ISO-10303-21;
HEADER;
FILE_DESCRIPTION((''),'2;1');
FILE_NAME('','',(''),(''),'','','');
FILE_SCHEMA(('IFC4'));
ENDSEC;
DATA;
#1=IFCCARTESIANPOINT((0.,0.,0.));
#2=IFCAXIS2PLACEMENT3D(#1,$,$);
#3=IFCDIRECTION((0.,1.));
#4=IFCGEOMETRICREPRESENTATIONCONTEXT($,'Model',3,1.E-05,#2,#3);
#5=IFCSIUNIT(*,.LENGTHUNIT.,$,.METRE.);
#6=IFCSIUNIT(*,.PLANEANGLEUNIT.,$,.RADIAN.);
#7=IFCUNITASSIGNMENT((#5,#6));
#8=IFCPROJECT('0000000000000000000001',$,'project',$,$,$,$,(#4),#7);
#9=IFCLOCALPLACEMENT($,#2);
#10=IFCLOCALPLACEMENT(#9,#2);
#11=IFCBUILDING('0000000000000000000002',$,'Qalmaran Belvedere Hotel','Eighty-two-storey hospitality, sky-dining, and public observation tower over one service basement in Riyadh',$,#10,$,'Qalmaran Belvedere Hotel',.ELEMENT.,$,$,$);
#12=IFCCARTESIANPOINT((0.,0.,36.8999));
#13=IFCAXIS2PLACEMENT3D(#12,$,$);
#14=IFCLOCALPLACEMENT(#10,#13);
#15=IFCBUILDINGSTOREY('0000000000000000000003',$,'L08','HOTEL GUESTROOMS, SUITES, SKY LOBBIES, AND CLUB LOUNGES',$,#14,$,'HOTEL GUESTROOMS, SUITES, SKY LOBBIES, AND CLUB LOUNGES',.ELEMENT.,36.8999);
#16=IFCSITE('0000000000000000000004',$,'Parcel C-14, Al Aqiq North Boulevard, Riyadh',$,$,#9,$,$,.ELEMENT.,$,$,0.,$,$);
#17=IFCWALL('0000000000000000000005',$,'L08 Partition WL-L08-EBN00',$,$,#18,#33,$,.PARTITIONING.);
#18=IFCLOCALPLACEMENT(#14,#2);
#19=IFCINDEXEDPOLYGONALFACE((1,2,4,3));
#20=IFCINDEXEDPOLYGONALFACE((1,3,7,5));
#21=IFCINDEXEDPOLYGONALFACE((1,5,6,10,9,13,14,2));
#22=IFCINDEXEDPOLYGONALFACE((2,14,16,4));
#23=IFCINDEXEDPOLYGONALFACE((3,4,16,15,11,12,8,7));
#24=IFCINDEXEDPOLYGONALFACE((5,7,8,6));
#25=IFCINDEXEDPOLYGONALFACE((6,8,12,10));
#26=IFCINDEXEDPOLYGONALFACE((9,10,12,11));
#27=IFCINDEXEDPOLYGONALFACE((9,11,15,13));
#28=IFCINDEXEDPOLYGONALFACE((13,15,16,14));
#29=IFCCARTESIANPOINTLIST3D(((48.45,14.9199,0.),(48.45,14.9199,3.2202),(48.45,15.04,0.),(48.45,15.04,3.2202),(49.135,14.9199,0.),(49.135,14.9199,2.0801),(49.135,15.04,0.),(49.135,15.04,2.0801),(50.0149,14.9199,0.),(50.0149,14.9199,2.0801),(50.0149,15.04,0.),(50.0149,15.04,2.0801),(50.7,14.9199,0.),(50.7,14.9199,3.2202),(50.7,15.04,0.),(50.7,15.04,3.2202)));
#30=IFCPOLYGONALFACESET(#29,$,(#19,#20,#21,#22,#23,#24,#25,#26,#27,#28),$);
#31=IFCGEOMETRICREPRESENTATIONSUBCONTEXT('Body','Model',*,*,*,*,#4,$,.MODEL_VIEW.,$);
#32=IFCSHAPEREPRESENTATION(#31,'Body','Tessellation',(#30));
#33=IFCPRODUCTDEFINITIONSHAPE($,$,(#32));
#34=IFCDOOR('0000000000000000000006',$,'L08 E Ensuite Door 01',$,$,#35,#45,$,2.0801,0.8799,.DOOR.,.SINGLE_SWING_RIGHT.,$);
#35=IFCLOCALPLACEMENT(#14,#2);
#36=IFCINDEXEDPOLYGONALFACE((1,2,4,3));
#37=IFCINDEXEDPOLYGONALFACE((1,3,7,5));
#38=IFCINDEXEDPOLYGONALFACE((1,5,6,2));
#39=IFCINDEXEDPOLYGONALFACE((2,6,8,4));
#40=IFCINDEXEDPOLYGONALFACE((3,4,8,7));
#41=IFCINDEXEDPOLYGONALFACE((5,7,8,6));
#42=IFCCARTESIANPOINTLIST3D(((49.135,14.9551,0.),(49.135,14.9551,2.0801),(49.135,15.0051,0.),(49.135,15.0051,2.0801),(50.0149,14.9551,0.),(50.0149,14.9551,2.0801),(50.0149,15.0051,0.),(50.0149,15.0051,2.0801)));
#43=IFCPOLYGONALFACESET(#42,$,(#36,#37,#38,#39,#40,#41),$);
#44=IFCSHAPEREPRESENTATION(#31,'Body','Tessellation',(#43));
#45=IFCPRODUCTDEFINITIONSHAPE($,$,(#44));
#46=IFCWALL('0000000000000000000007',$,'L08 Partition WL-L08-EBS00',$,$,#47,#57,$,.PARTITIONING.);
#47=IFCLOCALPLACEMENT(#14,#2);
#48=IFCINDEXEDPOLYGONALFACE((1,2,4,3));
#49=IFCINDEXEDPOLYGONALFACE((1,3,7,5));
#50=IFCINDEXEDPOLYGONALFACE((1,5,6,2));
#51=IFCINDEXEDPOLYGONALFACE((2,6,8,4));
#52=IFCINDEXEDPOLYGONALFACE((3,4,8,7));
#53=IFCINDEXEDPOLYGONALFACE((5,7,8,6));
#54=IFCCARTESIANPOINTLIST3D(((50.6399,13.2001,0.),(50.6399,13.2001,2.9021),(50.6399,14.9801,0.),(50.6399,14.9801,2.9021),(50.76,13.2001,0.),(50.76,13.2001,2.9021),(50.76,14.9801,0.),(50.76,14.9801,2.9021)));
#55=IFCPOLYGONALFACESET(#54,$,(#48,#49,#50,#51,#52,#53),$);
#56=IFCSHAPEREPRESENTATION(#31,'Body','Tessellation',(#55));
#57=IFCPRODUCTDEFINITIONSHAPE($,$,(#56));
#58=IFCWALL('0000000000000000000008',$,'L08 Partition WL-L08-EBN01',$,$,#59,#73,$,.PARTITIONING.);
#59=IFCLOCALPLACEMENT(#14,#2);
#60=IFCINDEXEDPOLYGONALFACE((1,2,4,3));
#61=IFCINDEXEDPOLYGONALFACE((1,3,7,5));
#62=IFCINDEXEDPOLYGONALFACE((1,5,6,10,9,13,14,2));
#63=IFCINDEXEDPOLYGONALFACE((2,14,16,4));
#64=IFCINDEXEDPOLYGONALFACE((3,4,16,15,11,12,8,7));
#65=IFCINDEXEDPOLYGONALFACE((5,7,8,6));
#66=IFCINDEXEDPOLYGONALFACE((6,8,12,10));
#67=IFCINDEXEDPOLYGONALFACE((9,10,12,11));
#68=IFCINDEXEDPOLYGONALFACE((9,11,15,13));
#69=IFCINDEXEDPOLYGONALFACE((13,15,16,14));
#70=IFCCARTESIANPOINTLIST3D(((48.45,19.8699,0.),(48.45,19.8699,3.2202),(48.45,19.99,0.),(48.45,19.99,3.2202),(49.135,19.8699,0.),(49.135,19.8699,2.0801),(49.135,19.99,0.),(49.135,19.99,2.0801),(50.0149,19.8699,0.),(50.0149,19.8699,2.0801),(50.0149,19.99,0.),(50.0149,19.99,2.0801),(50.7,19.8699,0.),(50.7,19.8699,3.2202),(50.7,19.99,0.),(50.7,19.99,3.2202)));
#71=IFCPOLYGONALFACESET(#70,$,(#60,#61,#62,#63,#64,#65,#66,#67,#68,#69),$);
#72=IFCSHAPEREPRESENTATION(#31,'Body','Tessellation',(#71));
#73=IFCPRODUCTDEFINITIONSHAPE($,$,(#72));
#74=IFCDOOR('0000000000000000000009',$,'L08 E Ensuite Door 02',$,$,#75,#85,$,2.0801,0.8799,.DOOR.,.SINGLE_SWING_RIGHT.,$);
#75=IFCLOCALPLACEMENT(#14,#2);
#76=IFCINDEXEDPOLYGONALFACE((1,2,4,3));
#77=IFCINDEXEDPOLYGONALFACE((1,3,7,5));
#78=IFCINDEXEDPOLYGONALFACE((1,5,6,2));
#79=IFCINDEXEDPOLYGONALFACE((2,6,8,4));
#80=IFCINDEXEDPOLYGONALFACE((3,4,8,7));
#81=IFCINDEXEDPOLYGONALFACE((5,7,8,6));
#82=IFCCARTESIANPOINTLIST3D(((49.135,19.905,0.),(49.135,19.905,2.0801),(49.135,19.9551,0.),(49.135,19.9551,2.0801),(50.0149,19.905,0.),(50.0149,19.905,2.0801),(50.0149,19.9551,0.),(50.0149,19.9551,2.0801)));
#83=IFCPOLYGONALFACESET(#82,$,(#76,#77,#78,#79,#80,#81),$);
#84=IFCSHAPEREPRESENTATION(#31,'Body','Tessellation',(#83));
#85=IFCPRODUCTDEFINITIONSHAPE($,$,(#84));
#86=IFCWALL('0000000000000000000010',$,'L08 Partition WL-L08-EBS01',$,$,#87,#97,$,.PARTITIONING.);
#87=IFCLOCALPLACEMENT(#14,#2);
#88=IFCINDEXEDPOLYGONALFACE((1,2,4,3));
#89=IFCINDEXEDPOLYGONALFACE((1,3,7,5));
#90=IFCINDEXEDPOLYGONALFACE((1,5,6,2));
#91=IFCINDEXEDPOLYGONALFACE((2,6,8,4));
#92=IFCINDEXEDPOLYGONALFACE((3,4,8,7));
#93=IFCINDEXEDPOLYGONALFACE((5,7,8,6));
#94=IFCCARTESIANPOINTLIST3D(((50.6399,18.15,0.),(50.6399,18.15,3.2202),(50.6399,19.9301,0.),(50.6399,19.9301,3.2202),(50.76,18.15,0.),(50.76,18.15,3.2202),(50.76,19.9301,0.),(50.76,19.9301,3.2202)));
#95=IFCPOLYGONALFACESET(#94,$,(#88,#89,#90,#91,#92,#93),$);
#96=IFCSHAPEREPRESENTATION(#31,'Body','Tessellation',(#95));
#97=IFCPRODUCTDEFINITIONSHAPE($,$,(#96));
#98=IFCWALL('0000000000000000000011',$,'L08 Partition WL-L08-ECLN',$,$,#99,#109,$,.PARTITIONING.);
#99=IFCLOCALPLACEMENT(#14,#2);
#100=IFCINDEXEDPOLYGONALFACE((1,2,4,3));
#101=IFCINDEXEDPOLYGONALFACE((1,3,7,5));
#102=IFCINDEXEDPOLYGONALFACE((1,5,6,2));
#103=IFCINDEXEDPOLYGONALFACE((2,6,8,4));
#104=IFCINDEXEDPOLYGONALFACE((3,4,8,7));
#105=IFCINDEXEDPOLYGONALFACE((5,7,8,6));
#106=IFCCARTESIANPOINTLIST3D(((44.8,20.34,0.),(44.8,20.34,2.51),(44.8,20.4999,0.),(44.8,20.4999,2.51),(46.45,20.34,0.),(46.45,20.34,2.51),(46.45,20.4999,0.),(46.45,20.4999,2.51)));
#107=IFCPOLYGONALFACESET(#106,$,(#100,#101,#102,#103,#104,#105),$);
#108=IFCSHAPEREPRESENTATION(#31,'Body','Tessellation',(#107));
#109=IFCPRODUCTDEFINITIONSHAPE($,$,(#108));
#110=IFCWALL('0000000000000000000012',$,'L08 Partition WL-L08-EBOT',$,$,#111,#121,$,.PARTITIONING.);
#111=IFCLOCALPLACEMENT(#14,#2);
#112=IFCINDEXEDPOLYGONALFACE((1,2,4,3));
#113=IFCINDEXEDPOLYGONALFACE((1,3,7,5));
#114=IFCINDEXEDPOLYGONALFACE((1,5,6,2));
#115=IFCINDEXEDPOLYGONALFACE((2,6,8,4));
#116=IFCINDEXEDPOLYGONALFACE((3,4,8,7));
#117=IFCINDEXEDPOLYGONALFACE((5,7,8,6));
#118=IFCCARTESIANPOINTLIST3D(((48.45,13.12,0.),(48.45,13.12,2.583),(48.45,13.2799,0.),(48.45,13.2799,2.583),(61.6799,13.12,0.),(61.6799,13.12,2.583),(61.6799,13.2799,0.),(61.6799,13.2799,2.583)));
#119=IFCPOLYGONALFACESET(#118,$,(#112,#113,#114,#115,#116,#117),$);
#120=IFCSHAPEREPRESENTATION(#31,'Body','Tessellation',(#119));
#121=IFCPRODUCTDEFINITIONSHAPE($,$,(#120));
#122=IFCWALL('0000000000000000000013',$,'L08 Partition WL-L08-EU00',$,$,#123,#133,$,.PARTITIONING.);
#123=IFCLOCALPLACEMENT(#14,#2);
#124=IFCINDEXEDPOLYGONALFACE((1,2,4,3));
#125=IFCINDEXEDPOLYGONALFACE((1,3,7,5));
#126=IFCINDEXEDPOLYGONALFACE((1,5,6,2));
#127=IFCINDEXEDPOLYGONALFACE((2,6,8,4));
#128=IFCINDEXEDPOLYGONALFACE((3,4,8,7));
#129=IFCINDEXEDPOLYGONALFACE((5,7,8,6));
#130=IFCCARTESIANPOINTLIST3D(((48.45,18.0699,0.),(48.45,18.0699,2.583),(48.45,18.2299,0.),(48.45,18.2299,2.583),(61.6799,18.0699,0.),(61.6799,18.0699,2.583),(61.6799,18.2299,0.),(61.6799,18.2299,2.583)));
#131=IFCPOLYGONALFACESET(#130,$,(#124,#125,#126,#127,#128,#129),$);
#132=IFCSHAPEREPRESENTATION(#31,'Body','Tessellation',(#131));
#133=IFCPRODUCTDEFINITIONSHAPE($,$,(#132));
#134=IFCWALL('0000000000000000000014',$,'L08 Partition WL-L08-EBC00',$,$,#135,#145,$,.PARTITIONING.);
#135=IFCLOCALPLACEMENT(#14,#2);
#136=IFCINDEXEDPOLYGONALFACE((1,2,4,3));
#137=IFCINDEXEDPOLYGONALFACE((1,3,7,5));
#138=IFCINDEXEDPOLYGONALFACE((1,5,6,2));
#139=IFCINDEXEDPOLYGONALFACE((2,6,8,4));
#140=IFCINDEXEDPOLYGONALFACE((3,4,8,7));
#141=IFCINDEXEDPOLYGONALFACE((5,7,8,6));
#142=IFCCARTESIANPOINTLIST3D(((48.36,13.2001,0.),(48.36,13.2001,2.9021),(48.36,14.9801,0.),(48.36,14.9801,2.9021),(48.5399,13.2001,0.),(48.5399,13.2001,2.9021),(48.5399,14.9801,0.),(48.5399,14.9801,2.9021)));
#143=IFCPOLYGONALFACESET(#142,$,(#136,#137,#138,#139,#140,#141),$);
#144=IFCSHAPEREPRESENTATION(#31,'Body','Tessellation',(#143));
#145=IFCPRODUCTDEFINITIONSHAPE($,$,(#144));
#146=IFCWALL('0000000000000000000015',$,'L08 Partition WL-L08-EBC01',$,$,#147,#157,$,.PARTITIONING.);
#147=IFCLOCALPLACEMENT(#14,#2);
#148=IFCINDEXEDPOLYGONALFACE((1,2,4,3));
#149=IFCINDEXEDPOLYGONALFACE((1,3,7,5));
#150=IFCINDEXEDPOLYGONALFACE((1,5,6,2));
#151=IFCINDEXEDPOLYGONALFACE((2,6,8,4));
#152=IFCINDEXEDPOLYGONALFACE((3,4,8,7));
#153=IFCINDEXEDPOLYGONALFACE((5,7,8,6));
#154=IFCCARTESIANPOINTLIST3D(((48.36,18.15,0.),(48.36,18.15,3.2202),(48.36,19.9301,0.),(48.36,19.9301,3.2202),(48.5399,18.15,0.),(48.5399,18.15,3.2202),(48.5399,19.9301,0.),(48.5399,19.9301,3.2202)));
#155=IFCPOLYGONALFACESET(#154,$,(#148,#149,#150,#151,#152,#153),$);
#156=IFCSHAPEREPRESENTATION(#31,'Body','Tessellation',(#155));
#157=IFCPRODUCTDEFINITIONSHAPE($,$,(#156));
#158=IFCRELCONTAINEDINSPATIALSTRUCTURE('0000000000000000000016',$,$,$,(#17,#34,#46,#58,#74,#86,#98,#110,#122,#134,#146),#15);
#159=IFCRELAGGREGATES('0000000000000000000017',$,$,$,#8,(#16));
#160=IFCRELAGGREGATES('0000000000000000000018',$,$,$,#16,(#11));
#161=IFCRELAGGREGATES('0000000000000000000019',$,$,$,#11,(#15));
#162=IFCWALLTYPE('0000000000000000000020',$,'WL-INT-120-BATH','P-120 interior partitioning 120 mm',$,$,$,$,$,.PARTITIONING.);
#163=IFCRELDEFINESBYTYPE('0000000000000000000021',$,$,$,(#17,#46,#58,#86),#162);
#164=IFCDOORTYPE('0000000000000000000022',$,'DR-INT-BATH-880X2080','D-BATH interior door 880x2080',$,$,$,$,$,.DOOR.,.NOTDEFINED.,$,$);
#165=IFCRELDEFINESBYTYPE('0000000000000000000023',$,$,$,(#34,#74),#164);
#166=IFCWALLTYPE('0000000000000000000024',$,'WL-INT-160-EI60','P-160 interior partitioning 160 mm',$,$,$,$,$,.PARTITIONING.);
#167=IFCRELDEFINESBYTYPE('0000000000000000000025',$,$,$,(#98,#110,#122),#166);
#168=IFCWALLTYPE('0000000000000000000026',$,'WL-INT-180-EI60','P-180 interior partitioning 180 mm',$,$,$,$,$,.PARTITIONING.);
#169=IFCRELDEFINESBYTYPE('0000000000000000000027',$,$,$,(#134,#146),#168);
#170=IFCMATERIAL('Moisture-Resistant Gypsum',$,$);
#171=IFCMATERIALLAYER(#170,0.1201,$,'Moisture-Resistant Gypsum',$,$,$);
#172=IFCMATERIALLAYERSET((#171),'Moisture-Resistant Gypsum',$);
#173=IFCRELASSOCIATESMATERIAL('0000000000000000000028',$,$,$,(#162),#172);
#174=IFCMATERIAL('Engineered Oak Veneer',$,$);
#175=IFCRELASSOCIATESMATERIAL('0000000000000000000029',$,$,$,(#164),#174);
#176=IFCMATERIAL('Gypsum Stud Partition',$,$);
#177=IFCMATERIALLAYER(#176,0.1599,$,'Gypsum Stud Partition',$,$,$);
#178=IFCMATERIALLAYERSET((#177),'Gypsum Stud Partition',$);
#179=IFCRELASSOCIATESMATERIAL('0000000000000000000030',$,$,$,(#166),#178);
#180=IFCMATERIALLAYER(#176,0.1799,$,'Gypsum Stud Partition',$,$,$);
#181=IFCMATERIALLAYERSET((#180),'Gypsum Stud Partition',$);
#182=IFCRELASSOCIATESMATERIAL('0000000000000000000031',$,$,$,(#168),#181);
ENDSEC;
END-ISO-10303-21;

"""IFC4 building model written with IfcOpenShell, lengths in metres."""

from ifc_helpers import new_model, si_unit, direction, frame, frame_2d, origin, place, context, subcontext, project, spatial, rectangle, extrude, material, layer, layer_set, type_object, element, fill, save


model = new_model("IFC4")

# Units and contexts
model_context = context("Model", 3, precision=1e-05, world=origin(), true_north=direction((0.0, 1.0)))
body_context = subcontext(model_context, "Body", "Model", "MODEL_VIEW")
ifc_project = project(units=[si_unit("LENGTHUNIT", "METRE"), si_unit("PLANEANGLEUNIT", "RADIAN")], contexts=[model_context])

# Site, building, storey
site_placement = place(None, origin())
site = spatial("IfcSite", under=ifc_project, at=site_placement, Name="Parcel C-14, Al Aqiq North Boulevard, Riyadh", CompositionType="ELEMENT", RefElevation=0.0)
building_placement = place(site_placement, origin())
building = spatial("IfcBuilding", under=site, at=building_placement, Name="Qalmaran Belvedere Hotel", Description="Eighty-two-storey hospitality, sky-dining, and public observation tower over one service basement in Riyadh", LongName="Qalmaran Belvedere Hotel", CompositionType="ELEMENT")
storey_placement = place(building_placement, frame((0.0, 0.0, 36.8999)))
storey = spatial("IfcBuildingStorey", under=building, at=storey_placement, Name="L08", Description="HOTEL GUESTROOMS, SUITES, SKY LOBBIES, AND CLUB LOUNGES", LongName="HOTEL GUESTROOMS, SUITES, SKY LOBBIES, AND CLUB LOUNGES", CompositionType="ELEMENT", Elevation=36.8999)

# Wall, opening, door
ifc_material_1 = material(Name="Moisture-Resistant Gypsum")
ifc_layer_1 = layer(ifc_material_1, 0.1201, Name="Moisture-Resistant Gypsum")
ifc_layer_set_1 = layer_set([ifc_layer_1], Name="Moisture-Resistant Gypsum")
wall_type_1 = type_object("IfcWallType", Name="WL-INT-120-BATH", Description="P-120 interior partitioning 120 mm", PredefinedType="PARTITIONING", material=ifc_layer_set_1)
wall_1_placement = place(storey_placement, frame((48.45, 14.98, 0.0), z_axis=(0.0, 0.0, 1.0), x_axis=(1.0, 0.0, 0.0)))
wall_1 = element("IfcWall", 1, at=wall_1_placement, inside=storey, type_object=wall_type_1, Name="L08 Partition WL-L08-EBN00", PredefinedType="PARTITIONING", context=body_context, shape_type="SweptSolid", body=[
    extrude(rectangle(XDim=2.25, YDim=0.1201, at=frame_2d((1.125, 0.0))), origin(), (0.0, 0.0, 1.0), 3.2202),
])
opening_1_placement = place(wall_1_placement, frame((1.5649, 0.0, 0.0), z_axis=(0.0, 0.0, 1.0), x_axis=(-1.0, 0.0, 0.0)))
opening_1 = element("IfcOpeningElement", 2, at=opening_1_placement, cuts=wall_1, PredefinedType="OPENING", context=body_context, shape_type="SweptSolid", body=[
    extrude(rectangle(XDim=0.8799, YDim=2.0801, at=frame_2d((0.4399, 1.04))), frame((0.0, 0.0701, 0.0), z_axis=(0.0, -1.0, 0.0), x_axis=(1.0, 0.0, 0.0)), (0.0, 0.0, 1.0), 0.1401),
])
ifc_material_2 = material(Name="Engineered Oak Veneer")
door_type_1 = type_object("IfcDoorType", Name="DR-INT-BATH-880X2080", Description="D-BATH interior door 880x2080", OperationType="NOTDEFINED", PredefinedType="DOOR", material=ifc_material_2)
door_1_placement = place(opening_1_placement, origin())
door_1 = element("IfcDoor", 3, at=door_1_placement, inside=storey, type_object=door_type_1, Name="L08 E Ensuite Door 01", OperationType="SINGLE_SWING_RIGHT", OverallHeight=2.0801, OverallWidth=0.8799, PredefinedType="DOOR", context=body_context, shape_type="SweptSolid", body=[
    extrude(rectangle(XDim=0.8799, YDim=2.0801, at=frame_2d((0.4399, 1.04))), frame((0.0, 0.0249, 0.0), z_axis=(0.0, -1.0, 0.0), x_axis=(1.0, 0.0, 0.0)), (0.0, 0.0, 1.0), 0.05),
])
fill(opening_1, door_1)

# Wall
wall_2_placement = place(storey_placement, frame((50.7, 13.2, 0.0), z_axis=(0.0, 0.0, 1.0), x_axis=(0.0, 1.0, 0.0)))
element("IfcWall", 4, at=wall_2_placement, inside=storey, type_object=wall_type_1, Name="L08 Partition WL-L08-EBS00", PredefinedType="PARTITIONING", context=body_context, shape_type="SweptSolid", body=[
    extrude(rectangle(XDim=1.78, YDim=0.1201, at=frame_2d((0.8901, 0.0))), origin(), (0.0, 0.0, 1.0), 2.9021),
])

# Wall, opening, door
wall_3_placement = place(storey_placement, frame((48.45, 19.9299, 0.0), z_axis=(0.0, 0.0, 1.0), x_axis=(1.0, 0.0, 0.0)))
wall_3 = element("IfcWall", 5, at=wall_3_placement, inside=storey, type_object=wall_type_1, Name="L08 Partition WL-L08-EBN01", PredefinedType="PARTITIONING", context=body_context, shape_type="SweptSolid", body=[
    extrude(rectangle(XDim=2.25, YDim=0.1201, at=frame_2d((1.125, 0.0))), origin(), (0.0, 0.0, 1.0), 3.2202),
])
opening_2_placement = place(wall_3_placement, frame((1.5649, 0.0, 0.0), z_axis=(0.0, 0.0, 1.0), x_axis=(-1.0, 0.0, 0.0)))
opening_2 = element("IfcOpeningElement", 6, at=opening_2_placement, cuts=wall_3, PredefinedType="OPENING", context=body_context, shape_type="SweptSolid", body=[
    extrude(rectangle(XDim=0.8799, YDim=2.0801, at=frame_2d((0.4399, 1.04))), frame((0.0, 0.0701, 0.0), z_axis=(0.0, -1.0, 0.0), x_axis=(1.0, 0.0, 0.0)), (0.0, 0.0, 1.0), 0.1401),
])
door_2_placement = place(opening_2_placement, origin())
door_2 = element("IfcDoor", 7, at=door_2_placement, inside=storey, type_object=door_type_1, Name="L08 E Ensuite Door 02", OperationType="SINGLE_SWING_RIGHT", OverallHeight=2.0801, OverallWidth=0.8799, PredefinedType="DOOR", context=body_context, shape_type="SweptSolid", body=[
    extrude(rectangle(XDim=0.8799, YDim=2.0801, at=frame_2d((0.4399, 1.04))), frame((0.0, 0.0249, 0.0), z_axis=(0.0, -1.0, 0.0), x_axis=(1.0, 0.0, 0.0)), (0.0, 0.0, 1.0), 0.05),
])
fill(opening_2, door_2)

# Walls
wall_4_placement = place(storey_placement, frame((50.7, 18.1499, 0.0), z_axis=(0.0, 0.0, 1.0), x_axis=(0.0, 1.0, 0.0)))
element("IfcWall", 8, at=wall_4_placement, inside=storey, type_object=wall_type_1, Name="L08 Partition WL-L08-EBS01", PredefinedType="PARTITIONING", context=body_context, shape_type="SweptSolid", body=[
    extrude(rectangle(XDim=1.78, YDim=0.1201, at=frame_2d((0.8901, 0.0))), origin(), (0.0, 0.0, 1.0), 3.2202),
])
ifc_material_3 = material(Name="Gypsum Stud Partition")
ifc_layer_2 = layer(ifc_material_3, 0.1599, Name="Gypsum Stud Partition")
ifc_layer_set_2 = layer_set([ifc_layer_2], Name="Gypsum Stud Partition")
wall_type_2 = type_object("IfcWallType", Name="WL-INT-160-EI60", Description="P-160 interior partitioning 160 mm", PredefinedType="PARTITIONING", material=ifc_layer_set_2)
wall_5_placement = place(storey_placement, frame((44.8, 20.4199, 0.0), z_axis=(0.0, 0.0, 1.0), x_axis=(1.0, 0.0, 0.0)))
element("IfcWall", 9, at=wall_5_placement, inside=storey, type_object=wall_type_2, Name="L08 Partition WL-L08-ECLN", PredefinedType="PARTITIONING", context=body_context, shape_type="SweptSolid", body=[
    extrude(rectangle(XDim=1.6499, YDim=0.1599, at=frame_2d((0.825, 0.0))), origin(), (0.0, 0.0, 1.0), 2.51),
])
for number, where, z_axis, x_axis, name in (
    (10, (48.45, 13.2, 0.0), (0.0, 0.0, 1.0), (1.0, 0.0, 0.0), "L08 Partition WL-L08-EBOT"),
    (11, (48.45, 18.1499, 0.0), (0.0, 0.0, 1.0), (1.0, 0.0, 0.0), "L08 Partition WL-L08-EU00"),
):
    element("IfcWall", number, at=place(storey_placement, frame(where, z_axis=z_axis, x_axis=x_axis)), inside=storey, type_object=wall_type_2, Name=name, PredefinedType="PARTITIONING", context=body_context, shape_type="SweptSolid", body=[
        extrude(rectangle(XDim=13.23, YDim=0.1599, at=frame_2d((6.615, 0.0))), origin(), (0.0, 0.0, 1.0), 2.583),
    ])
ifc_layer_3 = layer(ifc_material_3, 0.1799, Name="Gypsum Stud Partition")
ifc_layer_set_3 = layer_set([ifc_layer_3], Name="Gypsum Stud Partition")
wall_type_3 = type_object("IfcWallType", Name="WL-INT-180-EI60", Description="P-180 interior partitioning 180 mm", PredefinedType="PARTITIONING", material=ifc_layer_set_3)
wall_6_placement = place(storey_placement, frame((48.45, 13.2, 0.0), z_axis=(0.0, 0.0, 1.0), x_axis=(0.0, 1.0, 0.0)))
element("IfcWall", 12, at=wall_6_placement, inside=storey, type_object=wall_type_3, Name="L08 Partition WL-L08-EBC00", PredefinedType="PARTITIONING", context=body_context, shape_type="SweptSolid", body=[
    extrude(rectangle(XDim=1.78, YDim=0.1799, at=frame_2d((0.8901, 0.0))), origin(), (0.0, 0.0, 1.0), 2.9021),
])

# Wall
wall_7_placement = place(storey_placement, frame((48.45, 18.1499, 0.0), z_axis=(0.0, 0.0, 1.0), x_axis=(0.0, 1.0, 0.0)))
element("IfcWall", 13, at=wall_7_placement, inside=storey, type_object=wall_type_3, Name="L08 Partition WL-L08-EBC01", PredefinedType="PARTITIONING", context=body_context, shape_type="SweptSolid", body=[
    extrude(rectangle(XDim=1.78, YDim=0.1799, at=frame_2d((0.8901, 0.0))), origin(), (0.0, 0.0, 1.0), 3.2202),
])

save(model, "model.ifc")
